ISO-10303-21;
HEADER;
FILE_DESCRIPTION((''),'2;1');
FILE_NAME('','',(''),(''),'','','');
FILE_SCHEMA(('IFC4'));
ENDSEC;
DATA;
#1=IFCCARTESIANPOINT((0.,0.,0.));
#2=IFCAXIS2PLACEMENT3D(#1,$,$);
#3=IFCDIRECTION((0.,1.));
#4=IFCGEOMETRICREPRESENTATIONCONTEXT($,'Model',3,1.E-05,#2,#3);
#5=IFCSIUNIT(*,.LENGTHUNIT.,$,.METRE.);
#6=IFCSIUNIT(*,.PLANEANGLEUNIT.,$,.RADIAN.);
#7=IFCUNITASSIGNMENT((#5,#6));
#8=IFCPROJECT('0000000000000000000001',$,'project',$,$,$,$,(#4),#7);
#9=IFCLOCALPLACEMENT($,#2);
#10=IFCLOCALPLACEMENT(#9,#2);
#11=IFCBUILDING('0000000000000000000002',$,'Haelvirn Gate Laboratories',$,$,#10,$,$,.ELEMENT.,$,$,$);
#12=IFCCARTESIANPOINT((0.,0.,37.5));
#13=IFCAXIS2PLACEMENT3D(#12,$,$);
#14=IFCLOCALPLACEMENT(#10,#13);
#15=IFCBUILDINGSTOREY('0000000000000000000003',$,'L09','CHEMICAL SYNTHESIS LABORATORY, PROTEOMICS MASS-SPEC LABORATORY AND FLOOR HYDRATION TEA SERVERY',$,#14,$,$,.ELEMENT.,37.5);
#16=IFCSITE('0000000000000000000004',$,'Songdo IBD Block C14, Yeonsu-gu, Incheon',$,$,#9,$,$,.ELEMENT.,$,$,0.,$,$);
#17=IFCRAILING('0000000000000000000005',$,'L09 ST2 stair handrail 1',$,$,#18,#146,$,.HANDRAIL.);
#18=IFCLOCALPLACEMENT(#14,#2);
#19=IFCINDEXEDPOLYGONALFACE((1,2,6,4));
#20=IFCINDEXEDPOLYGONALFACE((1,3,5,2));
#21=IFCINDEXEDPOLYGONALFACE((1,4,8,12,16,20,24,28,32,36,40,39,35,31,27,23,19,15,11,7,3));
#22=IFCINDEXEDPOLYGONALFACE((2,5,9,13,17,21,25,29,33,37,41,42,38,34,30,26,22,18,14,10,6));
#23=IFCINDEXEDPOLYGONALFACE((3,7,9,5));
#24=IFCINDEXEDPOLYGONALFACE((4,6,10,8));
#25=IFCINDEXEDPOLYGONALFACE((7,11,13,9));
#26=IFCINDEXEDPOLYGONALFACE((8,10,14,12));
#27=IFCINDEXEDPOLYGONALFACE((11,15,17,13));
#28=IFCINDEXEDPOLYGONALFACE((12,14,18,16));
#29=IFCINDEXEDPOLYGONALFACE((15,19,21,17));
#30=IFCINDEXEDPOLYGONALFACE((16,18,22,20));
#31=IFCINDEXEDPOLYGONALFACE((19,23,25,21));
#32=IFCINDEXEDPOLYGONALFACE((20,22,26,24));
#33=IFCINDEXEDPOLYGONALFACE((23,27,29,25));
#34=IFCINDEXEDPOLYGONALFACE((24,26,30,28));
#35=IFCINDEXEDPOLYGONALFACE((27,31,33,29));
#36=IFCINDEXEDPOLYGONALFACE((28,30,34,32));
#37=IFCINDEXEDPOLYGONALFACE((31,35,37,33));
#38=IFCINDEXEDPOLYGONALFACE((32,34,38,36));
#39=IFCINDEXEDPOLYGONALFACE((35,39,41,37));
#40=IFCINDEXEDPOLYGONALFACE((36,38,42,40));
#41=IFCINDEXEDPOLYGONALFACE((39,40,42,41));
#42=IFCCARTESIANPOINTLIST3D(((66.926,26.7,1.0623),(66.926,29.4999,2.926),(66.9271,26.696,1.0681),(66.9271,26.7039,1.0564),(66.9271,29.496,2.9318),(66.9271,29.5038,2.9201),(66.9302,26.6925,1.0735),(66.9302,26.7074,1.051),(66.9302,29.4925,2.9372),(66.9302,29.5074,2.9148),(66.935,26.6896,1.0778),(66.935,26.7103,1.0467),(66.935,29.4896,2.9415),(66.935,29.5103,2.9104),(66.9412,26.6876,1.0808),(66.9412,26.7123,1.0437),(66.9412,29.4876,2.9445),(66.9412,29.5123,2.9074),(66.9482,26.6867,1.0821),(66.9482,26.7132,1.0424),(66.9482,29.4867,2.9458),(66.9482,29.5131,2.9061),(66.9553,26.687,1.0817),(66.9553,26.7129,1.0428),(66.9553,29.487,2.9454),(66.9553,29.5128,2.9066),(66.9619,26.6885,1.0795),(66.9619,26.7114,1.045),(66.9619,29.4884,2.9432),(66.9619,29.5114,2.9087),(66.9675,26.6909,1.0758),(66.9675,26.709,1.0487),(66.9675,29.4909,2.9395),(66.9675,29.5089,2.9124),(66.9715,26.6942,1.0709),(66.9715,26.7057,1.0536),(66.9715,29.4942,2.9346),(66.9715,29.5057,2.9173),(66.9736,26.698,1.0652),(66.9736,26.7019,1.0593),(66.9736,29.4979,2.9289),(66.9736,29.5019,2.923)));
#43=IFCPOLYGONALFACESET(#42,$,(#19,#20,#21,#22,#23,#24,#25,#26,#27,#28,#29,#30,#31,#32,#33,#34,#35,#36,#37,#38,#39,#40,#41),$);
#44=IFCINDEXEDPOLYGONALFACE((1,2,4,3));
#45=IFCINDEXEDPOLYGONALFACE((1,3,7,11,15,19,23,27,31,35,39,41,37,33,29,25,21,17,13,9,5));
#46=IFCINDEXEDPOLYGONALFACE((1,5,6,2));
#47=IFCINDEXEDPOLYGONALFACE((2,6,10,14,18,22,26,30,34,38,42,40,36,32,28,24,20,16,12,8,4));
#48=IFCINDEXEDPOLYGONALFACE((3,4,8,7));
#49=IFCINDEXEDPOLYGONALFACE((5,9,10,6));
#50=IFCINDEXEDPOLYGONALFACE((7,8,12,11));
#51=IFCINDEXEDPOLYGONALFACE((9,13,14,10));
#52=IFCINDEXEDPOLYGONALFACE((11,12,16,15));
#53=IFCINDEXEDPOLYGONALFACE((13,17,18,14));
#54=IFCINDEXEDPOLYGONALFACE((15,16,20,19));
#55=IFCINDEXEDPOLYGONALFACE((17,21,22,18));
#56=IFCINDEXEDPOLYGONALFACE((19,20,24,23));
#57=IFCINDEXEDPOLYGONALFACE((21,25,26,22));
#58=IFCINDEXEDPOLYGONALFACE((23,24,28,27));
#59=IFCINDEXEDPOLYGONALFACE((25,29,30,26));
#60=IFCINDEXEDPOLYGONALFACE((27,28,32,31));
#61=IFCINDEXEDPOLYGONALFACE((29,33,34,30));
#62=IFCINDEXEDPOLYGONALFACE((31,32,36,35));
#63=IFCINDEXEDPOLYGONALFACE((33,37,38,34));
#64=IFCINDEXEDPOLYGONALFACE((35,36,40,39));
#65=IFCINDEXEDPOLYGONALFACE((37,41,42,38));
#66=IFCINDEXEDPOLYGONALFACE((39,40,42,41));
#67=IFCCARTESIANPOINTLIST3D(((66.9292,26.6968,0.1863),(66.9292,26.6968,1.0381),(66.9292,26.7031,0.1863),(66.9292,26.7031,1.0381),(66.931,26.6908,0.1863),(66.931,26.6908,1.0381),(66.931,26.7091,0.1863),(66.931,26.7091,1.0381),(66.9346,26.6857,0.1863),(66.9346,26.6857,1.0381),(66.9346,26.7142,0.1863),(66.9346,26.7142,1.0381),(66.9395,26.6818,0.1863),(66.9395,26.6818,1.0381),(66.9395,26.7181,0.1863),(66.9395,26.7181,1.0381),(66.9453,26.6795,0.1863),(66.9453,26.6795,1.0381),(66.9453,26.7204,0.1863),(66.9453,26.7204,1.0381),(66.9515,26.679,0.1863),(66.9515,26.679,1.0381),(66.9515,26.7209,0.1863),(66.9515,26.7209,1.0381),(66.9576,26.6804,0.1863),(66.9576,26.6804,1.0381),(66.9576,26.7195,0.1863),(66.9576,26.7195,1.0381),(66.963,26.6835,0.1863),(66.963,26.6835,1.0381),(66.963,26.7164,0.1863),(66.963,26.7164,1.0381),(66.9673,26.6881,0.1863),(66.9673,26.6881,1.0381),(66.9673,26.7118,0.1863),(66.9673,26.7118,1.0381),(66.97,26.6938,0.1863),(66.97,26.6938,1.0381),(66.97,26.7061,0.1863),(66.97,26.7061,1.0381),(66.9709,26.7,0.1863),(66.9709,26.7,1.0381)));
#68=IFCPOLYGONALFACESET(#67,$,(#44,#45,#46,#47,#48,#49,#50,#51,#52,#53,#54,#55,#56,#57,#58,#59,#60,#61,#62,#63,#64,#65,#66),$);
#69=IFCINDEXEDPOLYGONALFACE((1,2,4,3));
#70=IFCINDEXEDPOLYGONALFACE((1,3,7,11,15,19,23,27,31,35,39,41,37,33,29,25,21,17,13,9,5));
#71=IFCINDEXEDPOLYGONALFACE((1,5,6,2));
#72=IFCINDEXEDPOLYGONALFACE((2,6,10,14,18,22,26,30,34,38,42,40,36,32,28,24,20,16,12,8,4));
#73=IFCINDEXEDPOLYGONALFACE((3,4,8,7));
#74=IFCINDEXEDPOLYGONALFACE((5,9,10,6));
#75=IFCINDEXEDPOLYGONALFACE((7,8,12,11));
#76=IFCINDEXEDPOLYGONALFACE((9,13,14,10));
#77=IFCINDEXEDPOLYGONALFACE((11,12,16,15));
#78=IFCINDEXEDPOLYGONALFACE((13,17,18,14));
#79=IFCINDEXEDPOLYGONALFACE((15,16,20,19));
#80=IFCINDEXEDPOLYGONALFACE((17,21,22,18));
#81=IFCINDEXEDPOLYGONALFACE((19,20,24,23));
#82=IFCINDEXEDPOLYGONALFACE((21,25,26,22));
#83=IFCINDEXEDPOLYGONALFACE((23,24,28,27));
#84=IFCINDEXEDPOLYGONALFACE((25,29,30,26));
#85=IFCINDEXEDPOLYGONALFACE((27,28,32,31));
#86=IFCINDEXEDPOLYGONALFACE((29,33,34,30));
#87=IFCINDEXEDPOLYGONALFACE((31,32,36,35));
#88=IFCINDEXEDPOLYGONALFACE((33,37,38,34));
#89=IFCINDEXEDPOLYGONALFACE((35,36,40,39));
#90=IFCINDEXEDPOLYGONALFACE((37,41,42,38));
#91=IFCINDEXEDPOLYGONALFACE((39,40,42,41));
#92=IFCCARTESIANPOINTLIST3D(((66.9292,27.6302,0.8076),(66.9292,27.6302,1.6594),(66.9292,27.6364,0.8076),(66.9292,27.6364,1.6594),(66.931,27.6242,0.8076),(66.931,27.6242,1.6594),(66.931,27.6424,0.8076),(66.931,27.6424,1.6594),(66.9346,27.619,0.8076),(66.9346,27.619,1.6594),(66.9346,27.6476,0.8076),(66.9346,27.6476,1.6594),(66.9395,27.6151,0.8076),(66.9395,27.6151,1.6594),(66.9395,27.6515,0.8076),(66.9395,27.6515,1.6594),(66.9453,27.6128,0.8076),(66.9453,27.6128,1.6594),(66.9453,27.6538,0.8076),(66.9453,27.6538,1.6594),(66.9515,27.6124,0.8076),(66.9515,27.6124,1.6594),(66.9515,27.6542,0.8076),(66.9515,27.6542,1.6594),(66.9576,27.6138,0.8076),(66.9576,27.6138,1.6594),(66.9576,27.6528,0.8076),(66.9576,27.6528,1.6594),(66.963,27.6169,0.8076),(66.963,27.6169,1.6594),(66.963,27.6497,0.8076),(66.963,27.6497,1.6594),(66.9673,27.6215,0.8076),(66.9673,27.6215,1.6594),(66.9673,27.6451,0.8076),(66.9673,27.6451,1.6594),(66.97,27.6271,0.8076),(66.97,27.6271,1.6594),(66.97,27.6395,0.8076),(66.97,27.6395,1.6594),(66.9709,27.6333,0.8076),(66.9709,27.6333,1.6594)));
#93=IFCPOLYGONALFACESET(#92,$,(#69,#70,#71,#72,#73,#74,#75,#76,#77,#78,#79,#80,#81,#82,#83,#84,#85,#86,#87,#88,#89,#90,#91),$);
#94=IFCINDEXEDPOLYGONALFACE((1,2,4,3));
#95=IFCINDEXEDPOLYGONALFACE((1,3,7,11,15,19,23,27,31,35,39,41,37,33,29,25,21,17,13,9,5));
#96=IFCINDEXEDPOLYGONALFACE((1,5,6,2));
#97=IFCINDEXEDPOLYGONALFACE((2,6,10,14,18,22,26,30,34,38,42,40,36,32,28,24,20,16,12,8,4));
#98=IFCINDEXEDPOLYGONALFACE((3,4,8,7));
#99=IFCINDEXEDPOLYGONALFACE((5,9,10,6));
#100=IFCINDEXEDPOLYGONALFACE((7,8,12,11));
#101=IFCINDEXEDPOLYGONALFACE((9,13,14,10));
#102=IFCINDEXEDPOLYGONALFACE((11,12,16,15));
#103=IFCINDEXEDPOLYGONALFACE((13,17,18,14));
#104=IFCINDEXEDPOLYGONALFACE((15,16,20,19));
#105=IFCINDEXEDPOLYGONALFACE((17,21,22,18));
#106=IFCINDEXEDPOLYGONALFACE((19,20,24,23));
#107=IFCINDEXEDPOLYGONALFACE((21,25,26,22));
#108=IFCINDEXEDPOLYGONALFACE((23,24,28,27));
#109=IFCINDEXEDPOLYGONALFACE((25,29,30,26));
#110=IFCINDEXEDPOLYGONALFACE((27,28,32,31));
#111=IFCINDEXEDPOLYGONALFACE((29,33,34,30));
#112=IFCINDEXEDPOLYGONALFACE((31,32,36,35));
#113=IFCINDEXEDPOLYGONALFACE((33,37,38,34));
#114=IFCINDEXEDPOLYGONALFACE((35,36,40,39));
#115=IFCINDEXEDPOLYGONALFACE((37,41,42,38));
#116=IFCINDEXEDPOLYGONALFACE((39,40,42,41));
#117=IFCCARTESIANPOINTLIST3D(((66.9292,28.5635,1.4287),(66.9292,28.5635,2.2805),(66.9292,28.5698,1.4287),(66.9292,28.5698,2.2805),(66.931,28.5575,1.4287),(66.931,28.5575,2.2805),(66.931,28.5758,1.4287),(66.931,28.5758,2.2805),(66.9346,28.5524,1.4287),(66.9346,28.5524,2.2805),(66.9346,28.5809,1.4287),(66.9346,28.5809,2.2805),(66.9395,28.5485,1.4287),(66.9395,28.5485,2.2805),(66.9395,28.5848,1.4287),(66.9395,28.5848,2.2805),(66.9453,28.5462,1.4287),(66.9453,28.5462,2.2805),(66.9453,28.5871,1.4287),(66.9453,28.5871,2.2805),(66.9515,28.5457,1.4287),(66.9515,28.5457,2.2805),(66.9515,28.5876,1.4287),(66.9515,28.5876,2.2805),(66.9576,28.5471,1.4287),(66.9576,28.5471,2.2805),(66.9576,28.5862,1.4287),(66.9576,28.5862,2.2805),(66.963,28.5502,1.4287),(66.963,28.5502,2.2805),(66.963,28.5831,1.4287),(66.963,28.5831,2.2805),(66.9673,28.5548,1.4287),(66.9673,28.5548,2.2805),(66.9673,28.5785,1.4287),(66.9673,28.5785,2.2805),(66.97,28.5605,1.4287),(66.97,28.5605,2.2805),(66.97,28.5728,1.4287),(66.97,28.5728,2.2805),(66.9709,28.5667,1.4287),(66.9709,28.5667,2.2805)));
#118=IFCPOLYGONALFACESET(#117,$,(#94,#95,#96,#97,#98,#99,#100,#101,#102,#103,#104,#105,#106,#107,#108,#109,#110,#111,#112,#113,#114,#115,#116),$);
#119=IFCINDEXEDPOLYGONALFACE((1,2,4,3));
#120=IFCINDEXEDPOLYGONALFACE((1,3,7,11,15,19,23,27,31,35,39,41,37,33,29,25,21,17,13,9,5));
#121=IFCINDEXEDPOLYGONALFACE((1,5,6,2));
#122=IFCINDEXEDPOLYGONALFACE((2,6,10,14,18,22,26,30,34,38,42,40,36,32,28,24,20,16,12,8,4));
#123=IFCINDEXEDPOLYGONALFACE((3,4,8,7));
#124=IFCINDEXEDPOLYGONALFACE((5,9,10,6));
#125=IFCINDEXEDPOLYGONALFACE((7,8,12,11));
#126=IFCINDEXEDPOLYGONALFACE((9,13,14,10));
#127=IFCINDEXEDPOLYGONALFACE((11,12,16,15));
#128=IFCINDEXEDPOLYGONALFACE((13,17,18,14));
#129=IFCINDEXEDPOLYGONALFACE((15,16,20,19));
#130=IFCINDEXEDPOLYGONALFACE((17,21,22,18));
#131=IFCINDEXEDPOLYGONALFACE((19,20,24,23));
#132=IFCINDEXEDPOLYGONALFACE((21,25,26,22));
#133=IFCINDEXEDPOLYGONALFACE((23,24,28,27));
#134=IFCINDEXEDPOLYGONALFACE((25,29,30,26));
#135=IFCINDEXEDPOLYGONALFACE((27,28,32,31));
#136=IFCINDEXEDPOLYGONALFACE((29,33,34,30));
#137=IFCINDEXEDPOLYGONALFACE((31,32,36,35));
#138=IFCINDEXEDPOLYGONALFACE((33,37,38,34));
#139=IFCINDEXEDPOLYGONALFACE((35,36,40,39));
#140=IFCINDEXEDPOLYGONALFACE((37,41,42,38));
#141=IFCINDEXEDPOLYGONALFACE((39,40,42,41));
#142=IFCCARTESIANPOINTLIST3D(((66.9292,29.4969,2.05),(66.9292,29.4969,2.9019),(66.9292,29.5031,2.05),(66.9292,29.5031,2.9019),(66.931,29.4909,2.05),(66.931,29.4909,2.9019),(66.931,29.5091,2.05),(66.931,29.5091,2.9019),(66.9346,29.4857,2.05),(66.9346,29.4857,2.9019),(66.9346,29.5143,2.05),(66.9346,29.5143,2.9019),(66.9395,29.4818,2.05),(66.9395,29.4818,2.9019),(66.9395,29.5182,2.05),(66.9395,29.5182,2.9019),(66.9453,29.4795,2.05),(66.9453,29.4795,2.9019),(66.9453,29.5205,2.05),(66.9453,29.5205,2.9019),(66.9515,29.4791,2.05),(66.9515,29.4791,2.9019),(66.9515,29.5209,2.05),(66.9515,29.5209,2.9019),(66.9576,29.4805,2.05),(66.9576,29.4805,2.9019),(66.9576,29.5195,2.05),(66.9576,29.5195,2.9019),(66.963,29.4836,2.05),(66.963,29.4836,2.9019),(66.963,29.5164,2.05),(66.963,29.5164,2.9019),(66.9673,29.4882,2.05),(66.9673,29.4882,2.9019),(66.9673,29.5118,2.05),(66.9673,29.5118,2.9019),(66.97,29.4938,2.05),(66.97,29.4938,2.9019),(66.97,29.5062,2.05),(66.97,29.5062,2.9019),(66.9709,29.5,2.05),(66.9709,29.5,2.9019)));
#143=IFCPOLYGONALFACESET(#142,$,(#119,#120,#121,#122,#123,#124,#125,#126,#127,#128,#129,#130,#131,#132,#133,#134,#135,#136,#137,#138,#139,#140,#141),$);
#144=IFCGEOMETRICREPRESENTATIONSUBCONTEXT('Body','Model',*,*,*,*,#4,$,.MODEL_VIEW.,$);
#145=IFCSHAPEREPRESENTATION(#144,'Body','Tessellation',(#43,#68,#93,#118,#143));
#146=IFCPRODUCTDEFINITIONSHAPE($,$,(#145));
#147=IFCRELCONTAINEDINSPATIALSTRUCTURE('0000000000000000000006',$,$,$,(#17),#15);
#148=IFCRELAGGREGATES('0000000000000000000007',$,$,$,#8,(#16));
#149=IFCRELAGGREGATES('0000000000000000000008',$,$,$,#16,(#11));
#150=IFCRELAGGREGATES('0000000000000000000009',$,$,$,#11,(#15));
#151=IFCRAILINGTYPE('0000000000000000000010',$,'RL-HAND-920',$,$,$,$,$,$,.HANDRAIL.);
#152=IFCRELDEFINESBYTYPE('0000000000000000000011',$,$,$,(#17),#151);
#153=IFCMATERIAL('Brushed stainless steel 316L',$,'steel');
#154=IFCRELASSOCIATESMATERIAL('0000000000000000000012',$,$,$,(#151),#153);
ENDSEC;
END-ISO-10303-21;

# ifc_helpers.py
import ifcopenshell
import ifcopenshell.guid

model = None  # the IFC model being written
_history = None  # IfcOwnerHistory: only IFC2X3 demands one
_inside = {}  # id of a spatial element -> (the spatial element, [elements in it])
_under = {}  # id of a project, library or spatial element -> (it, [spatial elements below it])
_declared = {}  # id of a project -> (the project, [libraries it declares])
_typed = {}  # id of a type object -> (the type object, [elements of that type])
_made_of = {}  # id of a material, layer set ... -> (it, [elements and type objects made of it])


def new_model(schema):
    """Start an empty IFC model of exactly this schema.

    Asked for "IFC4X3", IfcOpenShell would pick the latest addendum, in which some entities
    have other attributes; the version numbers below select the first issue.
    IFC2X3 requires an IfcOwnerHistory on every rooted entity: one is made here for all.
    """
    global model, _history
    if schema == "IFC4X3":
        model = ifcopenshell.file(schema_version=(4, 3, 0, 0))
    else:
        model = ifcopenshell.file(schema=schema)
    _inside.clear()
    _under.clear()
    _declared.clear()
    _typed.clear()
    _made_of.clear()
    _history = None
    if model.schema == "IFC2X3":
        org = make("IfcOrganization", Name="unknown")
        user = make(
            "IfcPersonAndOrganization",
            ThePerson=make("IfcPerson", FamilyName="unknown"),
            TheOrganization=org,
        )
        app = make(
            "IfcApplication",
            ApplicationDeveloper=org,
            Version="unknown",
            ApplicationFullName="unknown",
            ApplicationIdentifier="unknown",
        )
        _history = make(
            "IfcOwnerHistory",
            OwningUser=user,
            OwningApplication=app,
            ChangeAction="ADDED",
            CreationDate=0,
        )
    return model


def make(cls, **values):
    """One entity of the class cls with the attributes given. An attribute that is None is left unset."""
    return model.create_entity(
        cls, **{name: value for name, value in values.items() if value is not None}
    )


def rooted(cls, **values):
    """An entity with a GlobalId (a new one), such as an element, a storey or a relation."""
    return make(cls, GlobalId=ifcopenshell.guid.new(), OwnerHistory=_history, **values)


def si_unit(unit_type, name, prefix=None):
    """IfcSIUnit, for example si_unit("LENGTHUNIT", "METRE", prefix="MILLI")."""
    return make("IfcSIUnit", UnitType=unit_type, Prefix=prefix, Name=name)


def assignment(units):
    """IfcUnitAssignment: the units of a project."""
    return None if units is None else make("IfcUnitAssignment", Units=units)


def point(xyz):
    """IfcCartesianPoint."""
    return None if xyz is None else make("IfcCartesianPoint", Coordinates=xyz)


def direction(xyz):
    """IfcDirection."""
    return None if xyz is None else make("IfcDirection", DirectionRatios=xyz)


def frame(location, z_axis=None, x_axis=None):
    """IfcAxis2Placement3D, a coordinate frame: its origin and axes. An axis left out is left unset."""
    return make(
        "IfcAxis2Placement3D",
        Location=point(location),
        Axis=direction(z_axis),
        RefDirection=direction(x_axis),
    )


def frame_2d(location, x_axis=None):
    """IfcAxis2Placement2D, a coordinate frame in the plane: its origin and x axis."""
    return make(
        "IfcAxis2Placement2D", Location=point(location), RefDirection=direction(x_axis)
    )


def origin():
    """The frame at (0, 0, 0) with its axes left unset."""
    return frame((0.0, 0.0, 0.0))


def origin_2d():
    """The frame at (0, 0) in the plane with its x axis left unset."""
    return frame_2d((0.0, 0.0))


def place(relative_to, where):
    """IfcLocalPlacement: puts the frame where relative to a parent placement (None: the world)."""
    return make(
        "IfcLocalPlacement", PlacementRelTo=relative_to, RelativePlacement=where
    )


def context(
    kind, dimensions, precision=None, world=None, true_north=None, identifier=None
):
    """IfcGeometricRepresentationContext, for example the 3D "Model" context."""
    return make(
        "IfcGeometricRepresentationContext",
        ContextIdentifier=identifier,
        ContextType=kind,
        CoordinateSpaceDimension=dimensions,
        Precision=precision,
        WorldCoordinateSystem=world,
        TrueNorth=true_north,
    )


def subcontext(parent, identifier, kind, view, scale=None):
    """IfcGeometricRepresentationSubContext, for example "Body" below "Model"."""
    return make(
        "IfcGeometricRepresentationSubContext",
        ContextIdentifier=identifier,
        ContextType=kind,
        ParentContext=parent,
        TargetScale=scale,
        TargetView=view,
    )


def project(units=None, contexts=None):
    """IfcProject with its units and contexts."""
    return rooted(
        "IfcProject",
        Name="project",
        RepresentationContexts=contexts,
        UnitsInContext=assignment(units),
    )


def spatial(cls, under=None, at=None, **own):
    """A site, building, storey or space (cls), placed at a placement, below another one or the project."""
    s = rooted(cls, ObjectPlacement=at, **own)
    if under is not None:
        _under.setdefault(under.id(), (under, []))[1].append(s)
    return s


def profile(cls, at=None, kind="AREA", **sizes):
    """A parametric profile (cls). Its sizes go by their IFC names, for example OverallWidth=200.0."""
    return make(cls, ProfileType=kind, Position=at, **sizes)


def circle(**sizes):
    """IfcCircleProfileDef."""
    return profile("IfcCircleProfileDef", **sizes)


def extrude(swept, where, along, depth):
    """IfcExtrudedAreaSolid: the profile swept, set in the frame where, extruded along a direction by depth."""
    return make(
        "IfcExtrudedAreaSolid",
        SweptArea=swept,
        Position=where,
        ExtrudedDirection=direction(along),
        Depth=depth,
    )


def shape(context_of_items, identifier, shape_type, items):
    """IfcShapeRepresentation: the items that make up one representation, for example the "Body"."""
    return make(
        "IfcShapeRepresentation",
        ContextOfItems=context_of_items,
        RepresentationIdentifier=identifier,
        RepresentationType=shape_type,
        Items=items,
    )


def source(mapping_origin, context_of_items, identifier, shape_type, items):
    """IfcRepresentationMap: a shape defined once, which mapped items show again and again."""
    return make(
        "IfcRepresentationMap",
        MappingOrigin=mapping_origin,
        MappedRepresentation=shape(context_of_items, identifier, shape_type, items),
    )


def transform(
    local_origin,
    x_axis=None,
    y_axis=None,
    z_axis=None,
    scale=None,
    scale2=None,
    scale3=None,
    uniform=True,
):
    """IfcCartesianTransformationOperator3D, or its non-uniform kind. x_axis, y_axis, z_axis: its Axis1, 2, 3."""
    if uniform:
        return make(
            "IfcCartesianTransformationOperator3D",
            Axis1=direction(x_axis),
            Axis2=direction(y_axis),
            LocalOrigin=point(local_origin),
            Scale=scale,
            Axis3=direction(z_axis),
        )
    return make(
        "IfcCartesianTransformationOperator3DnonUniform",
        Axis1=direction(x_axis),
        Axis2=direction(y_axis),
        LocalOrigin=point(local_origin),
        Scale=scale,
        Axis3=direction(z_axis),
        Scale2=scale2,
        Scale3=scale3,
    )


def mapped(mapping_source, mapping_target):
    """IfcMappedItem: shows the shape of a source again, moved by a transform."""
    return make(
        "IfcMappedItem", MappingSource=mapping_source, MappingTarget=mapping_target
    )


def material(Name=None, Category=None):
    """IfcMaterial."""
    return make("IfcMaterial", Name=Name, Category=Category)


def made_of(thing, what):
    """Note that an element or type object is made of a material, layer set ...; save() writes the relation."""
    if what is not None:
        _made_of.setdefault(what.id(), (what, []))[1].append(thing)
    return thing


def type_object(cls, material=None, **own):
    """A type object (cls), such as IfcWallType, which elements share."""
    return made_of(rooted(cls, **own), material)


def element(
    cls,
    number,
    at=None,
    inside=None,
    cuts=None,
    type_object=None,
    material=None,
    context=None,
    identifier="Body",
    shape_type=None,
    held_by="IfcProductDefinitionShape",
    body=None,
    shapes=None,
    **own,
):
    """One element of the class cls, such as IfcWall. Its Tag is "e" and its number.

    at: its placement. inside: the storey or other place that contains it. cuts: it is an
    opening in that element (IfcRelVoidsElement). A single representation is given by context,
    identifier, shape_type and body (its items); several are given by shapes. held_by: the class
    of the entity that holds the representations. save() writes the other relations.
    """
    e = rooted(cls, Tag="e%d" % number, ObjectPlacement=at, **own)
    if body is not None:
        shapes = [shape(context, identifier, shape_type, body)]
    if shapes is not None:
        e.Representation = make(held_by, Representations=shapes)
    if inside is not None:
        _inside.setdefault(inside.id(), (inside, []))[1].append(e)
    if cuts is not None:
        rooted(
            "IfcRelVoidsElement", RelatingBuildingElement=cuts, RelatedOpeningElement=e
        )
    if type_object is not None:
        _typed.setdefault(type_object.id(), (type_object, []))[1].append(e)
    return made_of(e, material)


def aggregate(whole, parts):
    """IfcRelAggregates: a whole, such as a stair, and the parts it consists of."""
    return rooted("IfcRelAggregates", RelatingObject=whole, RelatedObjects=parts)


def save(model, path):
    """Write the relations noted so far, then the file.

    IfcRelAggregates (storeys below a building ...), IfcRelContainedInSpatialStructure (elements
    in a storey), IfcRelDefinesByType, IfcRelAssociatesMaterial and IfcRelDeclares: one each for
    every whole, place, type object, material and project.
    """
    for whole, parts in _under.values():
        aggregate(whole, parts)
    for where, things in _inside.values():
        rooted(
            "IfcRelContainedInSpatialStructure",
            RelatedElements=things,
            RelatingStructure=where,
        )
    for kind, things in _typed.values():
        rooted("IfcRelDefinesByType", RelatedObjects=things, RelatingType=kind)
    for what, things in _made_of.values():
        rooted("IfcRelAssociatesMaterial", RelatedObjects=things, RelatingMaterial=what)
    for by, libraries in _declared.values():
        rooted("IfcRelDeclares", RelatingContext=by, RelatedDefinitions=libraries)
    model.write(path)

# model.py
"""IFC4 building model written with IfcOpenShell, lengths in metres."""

from ifc_helpers import new_model, si_unit, direction, frame, origin, origin_2d, place, context, subcontext, project, spatial, circle, extrude, source, transform, mapped, material, type_object, element, save


model = new_model("IFC4")

# Units and contexts
model_context = context("Model", 3, precision=1e-05, world=origin(), true_north=direction((0.0, 1.0)))
body_context = subcontext(model_context, "Body", "Model", "MODEL_VIEW")
ifc_project = project(units=[si_unit("LENGTHUNIT", "METRE"), si_unit("PLANEANGLEUNIT", "RADIAN")], contexts=[model_context])

# Site, building, storey
site_placement = place(None, origin())
site = spatial("IfcSite", under=ifc_project, at=site_placement, Name="Songdo IBD Block C14, Yeonsu-gu, Incheon", CompositionType="ELEMENT", RefElevation=0.0)
building_placement = place(site_placement, origin())
building = spatial("IfcBuilding", under=site, at=building_placement, Name="Haelvirn Gate Laboratories", CompositionType="ELEMENT")
storey_placement = place(building_placement, frame((0.0, 0.0, 37.5)))
storey = spatial("IfcBuildingStorey", under=building, at=storey_placement, Name="L09", Description="CHEMICAL SYNTHESIS LABORATORY, PROTEOMICS MASS-SPEC LABORATORY AND FLOOR HYDRATION TEA SERVERY", CompositionType="ELEMENT", Elevation=37.5)

# Railing
ifc_material_1 = material(Name="Brushed stainless steel 316L", Category="steel")
railing_type_1 = type_object("IfcRailingType", Name="RL-HAND-920", PredefinedType="HANDRAIL", material=ifc_material_1)
shared_shape_1 = source(origin(), body_context, "Body", "SweptSolid", [
    extrude(circle(Radius=0.0239, at=origin_2d()), frame((0.0, 0.0, 0.876), z_axis=(0.0, 0.832452, 0.554097), x_axis=(-1.0, 0.0, 0.0)), (0.0, 0.0, 1.0), 3.3635),
    extrude(circle(Radius=0.021, at=origin_2d()), origin(), (0.0, 0.0, 1.0), 0.8518),
    extrude(circle(Radius=0.021, at=origin_2d()), frame((0.0, 0.9333, 0.6213)), (0.0, 0.0, 1.0), 0.8518),
    extrude(circle(Radius=0.021, at=origin_2d()), frame((0.0, 1.8667, 1.2424)), (0.0, 0.0, 1.0), 0.8518),
    extrude(circle(Radius=0.021, at=origin_2d()), frame((0.0, 2.8, 1.8638)), (0.0, 0.0, 1.0), 0.8518),
])
railing_1_placement = place(storey_placement, frame((66.95, 26.7, 0.1863)))
element("IfcRailing", 1, at=railing_1_placement, inside=storey, type_object=railing_type_1, Name="L09 ST2 stair handrail 1", PredefinedType="HANDRAIL", context=body_context, shape_type="MappedRepresentation", body=[
    mapped(shared_shape_1, transform((0.0, 0.0, 0.0), scale=1.0)),
])

save(model, "model.ifc")
